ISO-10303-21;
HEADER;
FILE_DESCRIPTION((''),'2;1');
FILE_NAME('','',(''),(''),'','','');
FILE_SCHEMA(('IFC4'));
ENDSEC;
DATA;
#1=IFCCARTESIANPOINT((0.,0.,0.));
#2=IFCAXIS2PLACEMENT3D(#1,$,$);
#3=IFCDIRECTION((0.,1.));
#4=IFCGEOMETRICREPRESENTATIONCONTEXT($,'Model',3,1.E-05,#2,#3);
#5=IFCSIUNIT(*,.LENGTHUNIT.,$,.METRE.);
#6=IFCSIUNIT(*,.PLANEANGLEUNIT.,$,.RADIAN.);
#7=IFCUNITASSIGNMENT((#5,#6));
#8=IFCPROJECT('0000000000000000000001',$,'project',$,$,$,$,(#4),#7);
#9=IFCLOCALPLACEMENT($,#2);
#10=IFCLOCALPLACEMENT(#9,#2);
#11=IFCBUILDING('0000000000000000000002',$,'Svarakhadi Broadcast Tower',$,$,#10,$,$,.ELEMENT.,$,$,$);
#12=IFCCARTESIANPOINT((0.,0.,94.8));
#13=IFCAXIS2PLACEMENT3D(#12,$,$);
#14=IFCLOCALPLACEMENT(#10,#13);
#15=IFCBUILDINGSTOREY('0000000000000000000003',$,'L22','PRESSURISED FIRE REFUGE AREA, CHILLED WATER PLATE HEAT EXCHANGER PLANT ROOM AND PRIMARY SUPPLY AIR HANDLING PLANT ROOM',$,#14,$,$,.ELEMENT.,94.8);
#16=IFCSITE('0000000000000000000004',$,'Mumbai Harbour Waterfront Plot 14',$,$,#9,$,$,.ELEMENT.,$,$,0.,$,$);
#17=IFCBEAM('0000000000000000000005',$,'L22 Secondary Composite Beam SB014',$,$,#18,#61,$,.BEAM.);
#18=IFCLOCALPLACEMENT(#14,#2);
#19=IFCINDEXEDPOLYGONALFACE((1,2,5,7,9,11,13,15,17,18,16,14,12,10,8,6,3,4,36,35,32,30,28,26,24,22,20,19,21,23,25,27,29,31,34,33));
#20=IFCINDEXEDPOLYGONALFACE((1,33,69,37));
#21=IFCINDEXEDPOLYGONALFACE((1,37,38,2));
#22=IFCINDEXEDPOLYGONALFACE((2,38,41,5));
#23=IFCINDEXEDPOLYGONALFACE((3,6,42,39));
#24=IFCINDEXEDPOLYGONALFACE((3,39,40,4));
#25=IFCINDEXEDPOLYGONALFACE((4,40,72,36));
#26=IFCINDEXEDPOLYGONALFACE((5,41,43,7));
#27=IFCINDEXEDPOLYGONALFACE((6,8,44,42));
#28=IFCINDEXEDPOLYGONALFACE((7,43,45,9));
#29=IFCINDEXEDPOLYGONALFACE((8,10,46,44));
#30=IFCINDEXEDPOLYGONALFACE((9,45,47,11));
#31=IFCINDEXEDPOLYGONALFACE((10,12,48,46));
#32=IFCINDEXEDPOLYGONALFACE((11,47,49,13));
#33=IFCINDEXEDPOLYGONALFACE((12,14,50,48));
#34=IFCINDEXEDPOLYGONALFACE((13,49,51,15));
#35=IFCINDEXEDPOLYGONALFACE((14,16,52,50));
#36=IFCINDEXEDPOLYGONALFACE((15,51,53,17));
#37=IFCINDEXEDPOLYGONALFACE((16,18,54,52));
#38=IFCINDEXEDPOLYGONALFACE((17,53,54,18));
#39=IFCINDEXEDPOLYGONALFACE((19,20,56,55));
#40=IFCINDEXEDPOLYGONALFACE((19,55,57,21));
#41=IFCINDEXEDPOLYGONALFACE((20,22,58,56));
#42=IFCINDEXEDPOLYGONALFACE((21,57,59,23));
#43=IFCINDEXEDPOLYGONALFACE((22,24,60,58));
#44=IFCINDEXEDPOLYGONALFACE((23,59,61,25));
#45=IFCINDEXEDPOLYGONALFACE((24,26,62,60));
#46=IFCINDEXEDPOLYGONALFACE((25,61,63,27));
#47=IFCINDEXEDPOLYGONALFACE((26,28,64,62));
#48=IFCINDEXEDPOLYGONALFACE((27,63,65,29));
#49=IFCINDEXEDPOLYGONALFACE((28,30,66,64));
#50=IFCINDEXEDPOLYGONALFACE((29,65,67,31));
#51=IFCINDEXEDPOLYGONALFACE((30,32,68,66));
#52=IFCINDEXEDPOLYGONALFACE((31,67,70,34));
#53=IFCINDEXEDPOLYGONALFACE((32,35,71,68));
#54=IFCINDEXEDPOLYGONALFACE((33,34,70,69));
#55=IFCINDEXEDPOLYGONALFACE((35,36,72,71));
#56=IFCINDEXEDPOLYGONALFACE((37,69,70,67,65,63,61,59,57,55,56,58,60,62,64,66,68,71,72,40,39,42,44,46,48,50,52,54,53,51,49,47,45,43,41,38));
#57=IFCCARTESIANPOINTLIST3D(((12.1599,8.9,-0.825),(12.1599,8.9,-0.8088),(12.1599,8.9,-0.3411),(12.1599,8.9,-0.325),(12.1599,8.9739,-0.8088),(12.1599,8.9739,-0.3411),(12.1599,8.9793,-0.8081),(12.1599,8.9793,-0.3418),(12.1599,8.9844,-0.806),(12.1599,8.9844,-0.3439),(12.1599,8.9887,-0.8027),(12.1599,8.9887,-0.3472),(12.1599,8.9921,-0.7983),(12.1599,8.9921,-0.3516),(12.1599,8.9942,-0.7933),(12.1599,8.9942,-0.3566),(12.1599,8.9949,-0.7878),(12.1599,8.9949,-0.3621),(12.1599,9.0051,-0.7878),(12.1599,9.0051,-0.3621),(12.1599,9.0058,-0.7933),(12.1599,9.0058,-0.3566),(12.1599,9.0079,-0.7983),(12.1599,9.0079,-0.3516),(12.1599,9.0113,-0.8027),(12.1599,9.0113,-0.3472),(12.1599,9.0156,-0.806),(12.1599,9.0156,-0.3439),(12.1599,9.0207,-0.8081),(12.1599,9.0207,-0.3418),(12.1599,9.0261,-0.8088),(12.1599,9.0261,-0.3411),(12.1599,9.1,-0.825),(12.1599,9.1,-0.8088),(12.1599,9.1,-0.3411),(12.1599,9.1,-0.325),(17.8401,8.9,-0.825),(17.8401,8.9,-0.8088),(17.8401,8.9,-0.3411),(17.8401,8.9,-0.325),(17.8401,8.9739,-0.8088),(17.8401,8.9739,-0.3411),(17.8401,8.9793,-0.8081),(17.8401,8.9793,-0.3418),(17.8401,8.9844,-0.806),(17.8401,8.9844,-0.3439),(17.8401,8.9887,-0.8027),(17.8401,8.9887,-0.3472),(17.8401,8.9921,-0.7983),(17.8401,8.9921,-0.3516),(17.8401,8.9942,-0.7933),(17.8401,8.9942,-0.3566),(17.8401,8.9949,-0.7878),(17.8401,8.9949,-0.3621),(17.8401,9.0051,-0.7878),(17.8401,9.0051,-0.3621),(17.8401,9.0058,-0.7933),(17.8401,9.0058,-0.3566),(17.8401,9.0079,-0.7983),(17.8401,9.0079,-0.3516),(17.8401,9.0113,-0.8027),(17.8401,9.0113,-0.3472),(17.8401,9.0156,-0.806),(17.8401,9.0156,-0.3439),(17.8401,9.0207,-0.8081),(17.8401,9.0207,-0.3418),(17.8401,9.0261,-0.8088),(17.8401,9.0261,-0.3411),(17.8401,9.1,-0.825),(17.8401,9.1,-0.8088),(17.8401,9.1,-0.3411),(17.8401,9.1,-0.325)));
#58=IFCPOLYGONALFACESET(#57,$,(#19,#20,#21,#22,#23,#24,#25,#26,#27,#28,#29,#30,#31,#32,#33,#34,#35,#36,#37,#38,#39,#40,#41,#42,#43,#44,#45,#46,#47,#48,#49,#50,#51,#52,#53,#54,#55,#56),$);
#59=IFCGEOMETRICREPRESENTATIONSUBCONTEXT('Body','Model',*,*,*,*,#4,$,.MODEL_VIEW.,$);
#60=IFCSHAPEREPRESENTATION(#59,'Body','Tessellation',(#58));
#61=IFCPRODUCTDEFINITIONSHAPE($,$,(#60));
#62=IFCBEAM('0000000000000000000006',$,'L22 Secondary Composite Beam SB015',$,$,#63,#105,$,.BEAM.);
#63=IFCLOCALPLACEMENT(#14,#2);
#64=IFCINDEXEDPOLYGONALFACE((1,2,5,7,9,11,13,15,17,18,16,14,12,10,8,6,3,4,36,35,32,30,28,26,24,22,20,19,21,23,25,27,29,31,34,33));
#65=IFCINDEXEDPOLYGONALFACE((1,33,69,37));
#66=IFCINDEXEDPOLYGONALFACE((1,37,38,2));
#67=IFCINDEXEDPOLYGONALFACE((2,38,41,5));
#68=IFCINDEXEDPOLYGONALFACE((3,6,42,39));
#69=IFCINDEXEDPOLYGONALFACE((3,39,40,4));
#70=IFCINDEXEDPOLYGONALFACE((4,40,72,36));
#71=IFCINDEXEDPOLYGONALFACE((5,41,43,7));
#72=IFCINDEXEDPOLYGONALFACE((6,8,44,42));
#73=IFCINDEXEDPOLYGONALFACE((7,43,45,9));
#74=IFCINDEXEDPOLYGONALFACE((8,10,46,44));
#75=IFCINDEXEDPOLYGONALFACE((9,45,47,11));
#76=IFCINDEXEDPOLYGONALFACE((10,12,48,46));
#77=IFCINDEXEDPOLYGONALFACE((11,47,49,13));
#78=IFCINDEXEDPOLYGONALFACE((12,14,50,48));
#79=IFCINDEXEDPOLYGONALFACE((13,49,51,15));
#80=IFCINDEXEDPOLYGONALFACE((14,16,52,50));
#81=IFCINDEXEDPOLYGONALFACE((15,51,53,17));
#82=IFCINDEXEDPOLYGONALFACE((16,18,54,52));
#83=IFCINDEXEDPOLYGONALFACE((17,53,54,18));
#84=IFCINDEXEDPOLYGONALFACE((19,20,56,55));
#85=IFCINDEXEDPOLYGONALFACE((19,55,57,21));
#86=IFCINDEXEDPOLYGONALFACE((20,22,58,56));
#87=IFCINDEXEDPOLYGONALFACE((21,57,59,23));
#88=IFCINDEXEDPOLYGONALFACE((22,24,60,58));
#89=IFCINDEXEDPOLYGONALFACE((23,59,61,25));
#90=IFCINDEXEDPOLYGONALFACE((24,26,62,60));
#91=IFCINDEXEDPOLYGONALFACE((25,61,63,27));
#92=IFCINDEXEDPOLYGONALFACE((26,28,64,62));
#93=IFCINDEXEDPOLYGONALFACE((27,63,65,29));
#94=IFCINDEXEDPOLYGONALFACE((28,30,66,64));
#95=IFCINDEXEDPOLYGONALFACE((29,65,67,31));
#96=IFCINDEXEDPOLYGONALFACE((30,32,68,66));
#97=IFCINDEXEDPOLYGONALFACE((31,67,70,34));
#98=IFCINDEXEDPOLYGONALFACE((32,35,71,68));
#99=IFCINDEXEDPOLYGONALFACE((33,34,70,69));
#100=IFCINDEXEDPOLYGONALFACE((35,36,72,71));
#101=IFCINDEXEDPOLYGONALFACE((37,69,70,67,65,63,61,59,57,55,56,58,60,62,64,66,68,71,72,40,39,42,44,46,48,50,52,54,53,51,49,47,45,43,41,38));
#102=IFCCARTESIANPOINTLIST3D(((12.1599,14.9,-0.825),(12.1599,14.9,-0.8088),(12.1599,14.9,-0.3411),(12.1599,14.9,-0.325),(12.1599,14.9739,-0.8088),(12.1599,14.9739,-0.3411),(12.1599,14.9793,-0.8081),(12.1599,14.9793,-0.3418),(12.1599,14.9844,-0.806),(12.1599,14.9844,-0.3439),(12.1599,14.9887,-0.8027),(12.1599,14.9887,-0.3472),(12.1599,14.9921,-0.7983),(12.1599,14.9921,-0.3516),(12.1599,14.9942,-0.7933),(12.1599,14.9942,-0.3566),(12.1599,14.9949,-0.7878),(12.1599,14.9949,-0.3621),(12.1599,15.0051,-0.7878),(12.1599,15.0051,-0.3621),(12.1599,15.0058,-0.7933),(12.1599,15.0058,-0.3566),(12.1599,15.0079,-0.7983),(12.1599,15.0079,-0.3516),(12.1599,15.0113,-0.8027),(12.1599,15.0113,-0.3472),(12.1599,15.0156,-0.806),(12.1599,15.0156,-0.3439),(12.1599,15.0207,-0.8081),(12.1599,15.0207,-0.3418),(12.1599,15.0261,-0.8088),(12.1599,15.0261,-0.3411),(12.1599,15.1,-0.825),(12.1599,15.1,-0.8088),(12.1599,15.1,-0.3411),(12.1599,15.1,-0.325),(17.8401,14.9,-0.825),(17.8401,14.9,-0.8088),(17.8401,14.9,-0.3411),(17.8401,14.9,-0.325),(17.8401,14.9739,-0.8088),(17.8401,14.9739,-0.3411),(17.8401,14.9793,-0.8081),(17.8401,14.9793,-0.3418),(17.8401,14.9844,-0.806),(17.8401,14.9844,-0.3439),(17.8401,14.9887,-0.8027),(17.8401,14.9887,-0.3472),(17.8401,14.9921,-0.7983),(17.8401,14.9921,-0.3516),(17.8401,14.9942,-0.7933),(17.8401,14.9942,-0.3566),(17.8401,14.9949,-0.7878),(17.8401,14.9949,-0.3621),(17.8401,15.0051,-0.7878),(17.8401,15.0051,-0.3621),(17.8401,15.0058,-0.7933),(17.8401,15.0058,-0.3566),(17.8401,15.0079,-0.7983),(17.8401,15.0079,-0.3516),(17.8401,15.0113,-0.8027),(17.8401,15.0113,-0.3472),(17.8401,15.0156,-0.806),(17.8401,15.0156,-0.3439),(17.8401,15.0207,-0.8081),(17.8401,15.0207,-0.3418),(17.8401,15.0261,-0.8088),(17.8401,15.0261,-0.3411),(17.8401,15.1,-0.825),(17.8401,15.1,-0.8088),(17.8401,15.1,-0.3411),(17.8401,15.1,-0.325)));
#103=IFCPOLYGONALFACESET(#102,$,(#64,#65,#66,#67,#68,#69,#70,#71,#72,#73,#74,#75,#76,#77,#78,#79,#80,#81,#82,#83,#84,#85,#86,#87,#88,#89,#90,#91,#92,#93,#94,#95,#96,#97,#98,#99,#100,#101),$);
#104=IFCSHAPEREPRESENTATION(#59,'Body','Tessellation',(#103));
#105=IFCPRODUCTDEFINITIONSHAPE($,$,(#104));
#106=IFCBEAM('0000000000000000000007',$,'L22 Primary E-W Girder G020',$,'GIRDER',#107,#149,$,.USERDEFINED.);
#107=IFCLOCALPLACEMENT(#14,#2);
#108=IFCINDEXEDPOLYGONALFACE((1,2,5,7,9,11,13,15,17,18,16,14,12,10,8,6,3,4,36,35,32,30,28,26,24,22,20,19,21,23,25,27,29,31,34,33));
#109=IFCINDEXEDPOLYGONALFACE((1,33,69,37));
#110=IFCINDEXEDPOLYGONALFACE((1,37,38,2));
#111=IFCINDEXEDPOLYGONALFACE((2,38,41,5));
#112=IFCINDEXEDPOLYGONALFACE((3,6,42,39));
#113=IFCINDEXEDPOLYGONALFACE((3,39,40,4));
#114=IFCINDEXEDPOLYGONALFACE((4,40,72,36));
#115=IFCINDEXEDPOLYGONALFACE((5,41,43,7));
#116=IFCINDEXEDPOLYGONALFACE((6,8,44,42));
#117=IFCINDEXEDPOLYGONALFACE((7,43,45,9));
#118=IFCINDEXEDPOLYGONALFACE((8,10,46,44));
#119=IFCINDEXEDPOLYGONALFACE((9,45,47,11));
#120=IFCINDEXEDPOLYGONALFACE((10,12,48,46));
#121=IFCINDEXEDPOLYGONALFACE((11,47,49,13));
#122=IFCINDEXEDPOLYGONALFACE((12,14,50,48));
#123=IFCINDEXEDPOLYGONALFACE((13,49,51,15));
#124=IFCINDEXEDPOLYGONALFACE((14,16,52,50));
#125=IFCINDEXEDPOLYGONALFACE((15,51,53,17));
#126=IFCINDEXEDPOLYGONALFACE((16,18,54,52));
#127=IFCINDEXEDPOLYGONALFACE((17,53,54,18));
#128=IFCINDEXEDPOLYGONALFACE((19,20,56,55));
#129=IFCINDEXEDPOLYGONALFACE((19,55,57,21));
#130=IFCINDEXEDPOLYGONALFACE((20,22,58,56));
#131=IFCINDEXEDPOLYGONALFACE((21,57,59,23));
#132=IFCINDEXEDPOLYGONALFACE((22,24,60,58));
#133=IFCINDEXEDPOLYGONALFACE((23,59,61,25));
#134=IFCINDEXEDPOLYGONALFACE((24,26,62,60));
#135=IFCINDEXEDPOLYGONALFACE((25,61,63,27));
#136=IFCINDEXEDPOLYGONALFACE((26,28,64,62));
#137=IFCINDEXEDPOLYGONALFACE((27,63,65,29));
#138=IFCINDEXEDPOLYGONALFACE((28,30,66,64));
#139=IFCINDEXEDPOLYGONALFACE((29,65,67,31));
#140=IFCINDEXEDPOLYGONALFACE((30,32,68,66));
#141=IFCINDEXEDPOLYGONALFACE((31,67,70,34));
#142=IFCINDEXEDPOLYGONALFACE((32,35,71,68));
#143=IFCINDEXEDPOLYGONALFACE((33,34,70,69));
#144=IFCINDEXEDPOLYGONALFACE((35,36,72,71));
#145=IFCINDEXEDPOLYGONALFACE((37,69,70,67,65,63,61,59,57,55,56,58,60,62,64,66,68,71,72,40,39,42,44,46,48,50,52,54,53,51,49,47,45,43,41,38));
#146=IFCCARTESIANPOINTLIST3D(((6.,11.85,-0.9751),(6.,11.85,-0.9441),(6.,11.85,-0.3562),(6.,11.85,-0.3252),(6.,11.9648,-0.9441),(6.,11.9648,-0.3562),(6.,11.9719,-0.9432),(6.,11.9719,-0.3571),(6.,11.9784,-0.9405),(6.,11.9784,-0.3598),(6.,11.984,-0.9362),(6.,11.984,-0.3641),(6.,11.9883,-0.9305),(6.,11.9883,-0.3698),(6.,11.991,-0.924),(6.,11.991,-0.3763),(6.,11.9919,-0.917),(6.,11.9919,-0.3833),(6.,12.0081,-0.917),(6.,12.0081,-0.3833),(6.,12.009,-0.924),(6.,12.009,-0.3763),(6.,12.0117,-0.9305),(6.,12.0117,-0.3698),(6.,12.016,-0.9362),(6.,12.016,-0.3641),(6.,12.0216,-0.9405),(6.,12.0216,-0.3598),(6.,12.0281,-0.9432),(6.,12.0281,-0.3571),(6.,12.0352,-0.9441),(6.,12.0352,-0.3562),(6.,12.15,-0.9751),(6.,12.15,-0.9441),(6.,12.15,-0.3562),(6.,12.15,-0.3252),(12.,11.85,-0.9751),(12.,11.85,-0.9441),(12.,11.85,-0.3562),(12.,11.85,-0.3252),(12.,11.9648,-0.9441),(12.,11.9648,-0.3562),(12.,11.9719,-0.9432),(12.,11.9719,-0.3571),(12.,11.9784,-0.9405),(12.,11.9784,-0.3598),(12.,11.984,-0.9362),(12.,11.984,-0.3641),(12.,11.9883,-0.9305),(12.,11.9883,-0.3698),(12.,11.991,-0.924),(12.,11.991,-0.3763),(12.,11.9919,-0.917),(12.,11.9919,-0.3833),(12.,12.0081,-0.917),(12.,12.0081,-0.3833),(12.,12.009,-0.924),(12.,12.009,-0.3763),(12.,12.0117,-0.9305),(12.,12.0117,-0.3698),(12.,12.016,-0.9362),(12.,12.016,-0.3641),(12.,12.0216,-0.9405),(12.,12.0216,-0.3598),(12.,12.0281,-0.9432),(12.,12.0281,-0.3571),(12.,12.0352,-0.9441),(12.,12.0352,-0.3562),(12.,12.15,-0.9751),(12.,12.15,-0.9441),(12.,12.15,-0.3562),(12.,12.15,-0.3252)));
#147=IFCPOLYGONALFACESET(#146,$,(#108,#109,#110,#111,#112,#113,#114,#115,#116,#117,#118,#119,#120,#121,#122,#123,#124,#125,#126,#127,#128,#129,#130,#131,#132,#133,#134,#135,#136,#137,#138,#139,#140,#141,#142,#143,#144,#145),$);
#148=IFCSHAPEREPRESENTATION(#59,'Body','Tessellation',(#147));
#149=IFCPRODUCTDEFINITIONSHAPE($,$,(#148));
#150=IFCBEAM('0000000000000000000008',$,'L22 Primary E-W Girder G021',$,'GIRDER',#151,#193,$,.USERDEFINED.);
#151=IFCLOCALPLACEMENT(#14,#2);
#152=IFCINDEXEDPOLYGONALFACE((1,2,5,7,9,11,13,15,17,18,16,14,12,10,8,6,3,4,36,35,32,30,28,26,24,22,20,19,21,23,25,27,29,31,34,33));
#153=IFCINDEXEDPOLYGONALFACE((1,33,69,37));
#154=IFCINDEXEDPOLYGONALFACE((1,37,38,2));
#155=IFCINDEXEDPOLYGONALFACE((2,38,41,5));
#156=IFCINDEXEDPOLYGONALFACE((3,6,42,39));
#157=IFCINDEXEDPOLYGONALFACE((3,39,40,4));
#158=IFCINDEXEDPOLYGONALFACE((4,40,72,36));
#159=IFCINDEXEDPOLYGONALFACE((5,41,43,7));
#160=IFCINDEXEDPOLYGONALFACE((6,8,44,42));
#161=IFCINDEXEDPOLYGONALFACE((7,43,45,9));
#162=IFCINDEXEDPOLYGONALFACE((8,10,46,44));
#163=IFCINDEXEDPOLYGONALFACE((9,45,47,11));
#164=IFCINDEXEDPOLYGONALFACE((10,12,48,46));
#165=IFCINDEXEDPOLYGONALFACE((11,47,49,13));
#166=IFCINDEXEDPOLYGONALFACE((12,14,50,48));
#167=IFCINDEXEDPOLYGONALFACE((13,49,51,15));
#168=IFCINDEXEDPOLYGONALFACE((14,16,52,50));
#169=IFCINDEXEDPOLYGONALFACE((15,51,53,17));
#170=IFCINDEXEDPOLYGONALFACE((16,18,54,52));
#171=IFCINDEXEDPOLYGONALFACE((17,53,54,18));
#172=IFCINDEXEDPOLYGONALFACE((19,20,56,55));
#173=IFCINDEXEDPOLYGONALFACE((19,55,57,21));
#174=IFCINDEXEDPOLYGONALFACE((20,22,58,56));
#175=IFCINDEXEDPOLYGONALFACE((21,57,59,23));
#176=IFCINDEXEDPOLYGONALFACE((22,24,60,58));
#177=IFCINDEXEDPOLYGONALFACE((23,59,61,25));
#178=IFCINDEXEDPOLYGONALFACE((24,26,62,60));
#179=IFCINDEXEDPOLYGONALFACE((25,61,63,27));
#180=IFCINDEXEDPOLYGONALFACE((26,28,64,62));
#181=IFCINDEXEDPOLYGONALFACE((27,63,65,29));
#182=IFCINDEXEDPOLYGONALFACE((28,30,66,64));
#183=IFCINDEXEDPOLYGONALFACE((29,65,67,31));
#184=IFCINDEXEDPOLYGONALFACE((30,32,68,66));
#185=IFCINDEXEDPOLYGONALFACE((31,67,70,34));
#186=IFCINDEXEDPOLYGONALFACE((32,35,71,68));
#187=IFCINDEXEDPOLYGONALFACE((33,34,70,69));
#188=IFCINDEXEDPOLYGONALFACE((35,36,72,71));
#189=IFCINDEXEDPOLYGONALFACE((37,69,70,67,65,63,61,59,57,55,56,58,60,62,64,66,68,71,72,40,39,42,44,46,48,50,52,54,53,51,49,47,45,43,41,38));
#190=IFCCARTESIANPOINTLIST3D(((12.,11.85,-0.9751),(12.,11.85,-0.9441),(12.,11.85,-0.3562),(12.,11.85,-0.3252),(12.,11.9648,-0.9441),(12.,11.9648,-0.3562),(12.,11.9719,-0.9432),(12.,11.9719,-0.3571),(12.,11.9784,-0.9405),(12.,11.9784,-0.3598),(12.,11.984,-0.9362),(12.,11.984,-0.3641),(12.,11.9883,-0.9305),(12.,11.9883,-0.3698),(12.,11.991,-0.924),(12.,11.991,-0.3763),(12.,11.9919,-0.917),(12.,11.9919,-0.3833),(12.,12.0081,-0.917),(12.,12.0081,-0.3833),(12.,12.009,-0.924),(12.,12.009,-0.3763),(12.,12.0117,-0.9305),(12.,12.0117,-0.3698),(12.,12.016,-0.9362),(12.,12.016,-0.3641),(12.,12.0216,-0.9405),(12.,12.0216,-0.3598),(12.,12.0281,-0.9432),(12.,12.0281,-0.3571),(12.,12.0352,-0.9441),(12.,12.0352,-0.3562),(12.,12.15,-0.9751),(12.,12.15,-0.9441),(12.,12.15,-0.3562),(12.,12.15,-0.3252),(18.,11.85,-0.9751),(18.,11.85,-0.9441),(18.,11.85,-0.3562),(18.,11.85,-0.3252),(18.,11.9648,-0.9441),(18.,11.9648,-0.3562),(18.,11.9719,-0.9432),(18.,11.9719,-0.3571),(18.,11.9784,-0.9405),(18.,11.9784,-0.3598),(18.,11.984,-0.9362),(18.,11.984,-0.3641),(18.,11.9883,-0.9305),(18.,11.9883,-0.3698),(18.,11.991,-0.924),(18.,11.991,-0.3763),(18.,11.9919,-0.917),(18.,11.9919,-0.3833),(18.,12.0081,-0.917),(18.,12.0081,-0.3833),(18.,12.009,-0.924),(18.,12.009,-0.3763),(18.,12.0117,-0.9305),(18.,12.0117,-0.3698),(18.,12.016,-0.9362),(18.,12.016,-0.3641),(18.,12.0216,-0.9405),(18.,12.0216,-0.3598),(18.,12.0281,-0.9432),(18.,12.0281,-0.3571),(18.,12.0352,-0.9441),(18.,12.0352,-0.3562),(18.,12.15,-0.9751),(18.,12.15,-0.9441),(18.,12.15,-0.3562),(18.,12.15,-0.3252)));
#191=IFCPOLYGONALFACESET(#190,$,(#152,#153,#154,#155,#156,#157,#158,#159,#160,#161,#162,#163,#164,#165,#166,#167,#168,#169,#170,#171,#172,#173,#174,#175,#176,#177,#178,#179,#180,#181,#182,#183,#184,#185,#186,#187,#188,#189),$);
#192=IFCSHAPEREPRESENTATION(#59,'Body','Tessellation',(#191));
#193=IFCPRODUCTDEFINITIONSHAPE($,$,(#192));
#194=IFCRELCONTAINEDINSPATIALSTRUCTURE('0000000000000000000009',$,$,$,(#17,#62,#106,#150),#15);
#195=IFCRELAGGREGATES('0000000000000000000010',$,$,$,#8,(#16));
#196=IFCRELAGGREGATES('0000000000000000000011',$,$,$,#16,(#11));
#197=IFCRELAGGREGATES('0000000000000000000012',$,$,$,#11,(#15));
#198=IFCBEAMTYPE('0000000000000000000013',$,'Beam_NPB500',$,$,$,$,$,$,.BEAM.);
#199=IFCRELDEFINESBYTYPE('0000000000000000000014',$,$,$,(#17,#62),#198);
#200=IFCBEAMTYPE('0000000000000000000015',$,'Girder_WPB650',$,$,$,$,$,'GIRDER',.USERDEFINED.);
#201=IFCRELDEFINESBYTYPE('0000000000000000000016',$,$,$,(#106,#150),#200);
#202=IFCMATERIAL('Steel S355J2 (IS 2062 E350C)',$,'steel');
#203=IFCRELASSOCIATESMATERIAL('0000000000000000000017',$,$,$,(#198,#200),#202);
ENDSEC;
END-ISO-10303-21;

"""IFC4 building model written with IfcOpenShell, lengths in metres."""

from ifc_helpers import new_model, si_unit, direction, frame, origin, origin_2d, place, context, subcontext, project, spatial, i_section, extrude, material, material_profile, profile_set, type_object, element, save


model = new_model("IFC4")

# Units and contexts
model_context = context("Model", 3, precision=1e-05, world=origin(), true_north=direction((0.0, 1.0)))
body_context = subcontext(model_context, "Body", "Model", "MODEL_VIEW")
ifc_project = project(units=[si_unit("LENGTHUNIT", "METRE"), si_unit("PLANEANGLEUNIT", "RADIAN")], contexts=[model_context])

# Site, building, storey
site_placement = place(None, origin())
site = spatial("IfcSite", under=ifc_project, at=site_placement, Name="Mumbai Harbour Waterfront Plot 14", CompositionType="ELEMENT", RefElevation=0.0)
building_placement = place(site_placement, origin())
building = spatial("IfcBuilding", under=site, at=building_placement, Name="Svarakhadi Broadcast Tower", CompositionType="ELEMENT")
storey_placement = place(building_placement, frame((0.0, 0.0, 94.8)))
storey = spatial("IfcBuildingStorey", under=building, at=storey_placement, Name="L22", Description="PRESSURISED FIRE REFUGE AREA, CHILLED WATER PLATE HEAT EXCHANGER PLANT ROOM AND PRIMARY SUPPLY AIR HANDLING PLANT ROOM", CompositionType="ELEMENT", Elevation=94.8)

# Beams
ifc_material_1 = material(Name="Steel S355J2 (IS 2062 E350C)", Category="steel")
ifc_material_profile_1 = material_profile(ifc_material_1, i_section(OverallWidth=0.2, OverallDepth=0.5, WebThickness=0.0103, FlangeThickness=0.0161, FilletRadius=0.021, at=origin_2d()), Name="NPB 500x200x91")
ifc_profile_set_1 = profile_set([ifc_material_profile_1], Name="Steel S355J2 (IS 2062 E350C)")
beam_type_1 = type_object("IfcBeamType", Name="Beam_NPB500", PredefinedType="BEAM", material=ifc_profile_set_1)
for number, where, z_axis, x_axis, name in (
    (1, (12.1599, 9.0, -0.575), (1.0, 0.0, 0.0), (0.0, 1.0, 0.0), "L22 Secondary Composite Beam SB014"),
    (2, (12.1599, 15.0, -0.575), (1.0, 0.0, 0.0), (0.0, 1.0, 0.0), "L22 Secondary Composite Beam SB015"),
):
    element("IfcBeam", number, at=place(storey_placement, frame(where, z_axis=z_axis, x_axis=x_axis)), inside=storey, type_object=beam_type_1, Name=name, PredefinedType="BEAM", context=body_context, shape_type="SweptSolid", body=[
        extrude(i_section(OverallWidth=0.2, OverallDepth=0.5, WebThickness=0.0103, FlangeThickness=0.0161, FilletRadius=0.021, at=origin_2d()), origin(), (0.0, 0.0, 1.0), 5.6802),
    ])
ifc_material_profile_2 = material_profile(ifc_material_1, i_section(OverallWidth=0.3, OverallDepth=0.6499, WebThickness=0.0161, FlangeThickness=0.031, FilletRadius=0.0271, at=origin_2d()), Name="WPB 650x300x225")
ifc_profile_set_2 = profile_set([ifc_material_profile_2], Name="Steel S355J2 (IS 2062 E350C)")
beam_type_2 = type_object("IfcBeamType", Name="Girder_WPB650", ElementType="GIRDER", PredefinedType="USERDEFINED", material=ifc_profile_set_2)
for number, where, z_axis, x_axis, name in (
    (3, (6.0, 12.0, -0.6501), (1.0, 0.0, 0.0), (0.0, 1.0, 0.0), "L22 Primary E-W Girder G020"),
    (4, (12.0, 12.0, -0.6501), (1.0, 0.0, 0.0), (0.0, 1.0, 0.0), "L22 Primary E-W Girder G021"),
):
    element("IfcBeam", number, at=place(storey_placement, frame(where, z_axis=z_axis, x_axis=x_axis)), inside=storey, type_object=beam_type_2, Name=name, ObjectType="GIRDER", PredefinedType="USERDEFINED", context=body_context, shape_type="SweptSolid", body=[
        extrude(i_section(OverallWidth=0.3, OverallDepth=0.6499, WebThickness=0.0161, FlangeThickness=0.031, FilletRadius=0.0271, at=origin_2d()), origin(), (0.0, 0.0, 1.0), 6.0),
    ])

save(model, "model.ifc")
